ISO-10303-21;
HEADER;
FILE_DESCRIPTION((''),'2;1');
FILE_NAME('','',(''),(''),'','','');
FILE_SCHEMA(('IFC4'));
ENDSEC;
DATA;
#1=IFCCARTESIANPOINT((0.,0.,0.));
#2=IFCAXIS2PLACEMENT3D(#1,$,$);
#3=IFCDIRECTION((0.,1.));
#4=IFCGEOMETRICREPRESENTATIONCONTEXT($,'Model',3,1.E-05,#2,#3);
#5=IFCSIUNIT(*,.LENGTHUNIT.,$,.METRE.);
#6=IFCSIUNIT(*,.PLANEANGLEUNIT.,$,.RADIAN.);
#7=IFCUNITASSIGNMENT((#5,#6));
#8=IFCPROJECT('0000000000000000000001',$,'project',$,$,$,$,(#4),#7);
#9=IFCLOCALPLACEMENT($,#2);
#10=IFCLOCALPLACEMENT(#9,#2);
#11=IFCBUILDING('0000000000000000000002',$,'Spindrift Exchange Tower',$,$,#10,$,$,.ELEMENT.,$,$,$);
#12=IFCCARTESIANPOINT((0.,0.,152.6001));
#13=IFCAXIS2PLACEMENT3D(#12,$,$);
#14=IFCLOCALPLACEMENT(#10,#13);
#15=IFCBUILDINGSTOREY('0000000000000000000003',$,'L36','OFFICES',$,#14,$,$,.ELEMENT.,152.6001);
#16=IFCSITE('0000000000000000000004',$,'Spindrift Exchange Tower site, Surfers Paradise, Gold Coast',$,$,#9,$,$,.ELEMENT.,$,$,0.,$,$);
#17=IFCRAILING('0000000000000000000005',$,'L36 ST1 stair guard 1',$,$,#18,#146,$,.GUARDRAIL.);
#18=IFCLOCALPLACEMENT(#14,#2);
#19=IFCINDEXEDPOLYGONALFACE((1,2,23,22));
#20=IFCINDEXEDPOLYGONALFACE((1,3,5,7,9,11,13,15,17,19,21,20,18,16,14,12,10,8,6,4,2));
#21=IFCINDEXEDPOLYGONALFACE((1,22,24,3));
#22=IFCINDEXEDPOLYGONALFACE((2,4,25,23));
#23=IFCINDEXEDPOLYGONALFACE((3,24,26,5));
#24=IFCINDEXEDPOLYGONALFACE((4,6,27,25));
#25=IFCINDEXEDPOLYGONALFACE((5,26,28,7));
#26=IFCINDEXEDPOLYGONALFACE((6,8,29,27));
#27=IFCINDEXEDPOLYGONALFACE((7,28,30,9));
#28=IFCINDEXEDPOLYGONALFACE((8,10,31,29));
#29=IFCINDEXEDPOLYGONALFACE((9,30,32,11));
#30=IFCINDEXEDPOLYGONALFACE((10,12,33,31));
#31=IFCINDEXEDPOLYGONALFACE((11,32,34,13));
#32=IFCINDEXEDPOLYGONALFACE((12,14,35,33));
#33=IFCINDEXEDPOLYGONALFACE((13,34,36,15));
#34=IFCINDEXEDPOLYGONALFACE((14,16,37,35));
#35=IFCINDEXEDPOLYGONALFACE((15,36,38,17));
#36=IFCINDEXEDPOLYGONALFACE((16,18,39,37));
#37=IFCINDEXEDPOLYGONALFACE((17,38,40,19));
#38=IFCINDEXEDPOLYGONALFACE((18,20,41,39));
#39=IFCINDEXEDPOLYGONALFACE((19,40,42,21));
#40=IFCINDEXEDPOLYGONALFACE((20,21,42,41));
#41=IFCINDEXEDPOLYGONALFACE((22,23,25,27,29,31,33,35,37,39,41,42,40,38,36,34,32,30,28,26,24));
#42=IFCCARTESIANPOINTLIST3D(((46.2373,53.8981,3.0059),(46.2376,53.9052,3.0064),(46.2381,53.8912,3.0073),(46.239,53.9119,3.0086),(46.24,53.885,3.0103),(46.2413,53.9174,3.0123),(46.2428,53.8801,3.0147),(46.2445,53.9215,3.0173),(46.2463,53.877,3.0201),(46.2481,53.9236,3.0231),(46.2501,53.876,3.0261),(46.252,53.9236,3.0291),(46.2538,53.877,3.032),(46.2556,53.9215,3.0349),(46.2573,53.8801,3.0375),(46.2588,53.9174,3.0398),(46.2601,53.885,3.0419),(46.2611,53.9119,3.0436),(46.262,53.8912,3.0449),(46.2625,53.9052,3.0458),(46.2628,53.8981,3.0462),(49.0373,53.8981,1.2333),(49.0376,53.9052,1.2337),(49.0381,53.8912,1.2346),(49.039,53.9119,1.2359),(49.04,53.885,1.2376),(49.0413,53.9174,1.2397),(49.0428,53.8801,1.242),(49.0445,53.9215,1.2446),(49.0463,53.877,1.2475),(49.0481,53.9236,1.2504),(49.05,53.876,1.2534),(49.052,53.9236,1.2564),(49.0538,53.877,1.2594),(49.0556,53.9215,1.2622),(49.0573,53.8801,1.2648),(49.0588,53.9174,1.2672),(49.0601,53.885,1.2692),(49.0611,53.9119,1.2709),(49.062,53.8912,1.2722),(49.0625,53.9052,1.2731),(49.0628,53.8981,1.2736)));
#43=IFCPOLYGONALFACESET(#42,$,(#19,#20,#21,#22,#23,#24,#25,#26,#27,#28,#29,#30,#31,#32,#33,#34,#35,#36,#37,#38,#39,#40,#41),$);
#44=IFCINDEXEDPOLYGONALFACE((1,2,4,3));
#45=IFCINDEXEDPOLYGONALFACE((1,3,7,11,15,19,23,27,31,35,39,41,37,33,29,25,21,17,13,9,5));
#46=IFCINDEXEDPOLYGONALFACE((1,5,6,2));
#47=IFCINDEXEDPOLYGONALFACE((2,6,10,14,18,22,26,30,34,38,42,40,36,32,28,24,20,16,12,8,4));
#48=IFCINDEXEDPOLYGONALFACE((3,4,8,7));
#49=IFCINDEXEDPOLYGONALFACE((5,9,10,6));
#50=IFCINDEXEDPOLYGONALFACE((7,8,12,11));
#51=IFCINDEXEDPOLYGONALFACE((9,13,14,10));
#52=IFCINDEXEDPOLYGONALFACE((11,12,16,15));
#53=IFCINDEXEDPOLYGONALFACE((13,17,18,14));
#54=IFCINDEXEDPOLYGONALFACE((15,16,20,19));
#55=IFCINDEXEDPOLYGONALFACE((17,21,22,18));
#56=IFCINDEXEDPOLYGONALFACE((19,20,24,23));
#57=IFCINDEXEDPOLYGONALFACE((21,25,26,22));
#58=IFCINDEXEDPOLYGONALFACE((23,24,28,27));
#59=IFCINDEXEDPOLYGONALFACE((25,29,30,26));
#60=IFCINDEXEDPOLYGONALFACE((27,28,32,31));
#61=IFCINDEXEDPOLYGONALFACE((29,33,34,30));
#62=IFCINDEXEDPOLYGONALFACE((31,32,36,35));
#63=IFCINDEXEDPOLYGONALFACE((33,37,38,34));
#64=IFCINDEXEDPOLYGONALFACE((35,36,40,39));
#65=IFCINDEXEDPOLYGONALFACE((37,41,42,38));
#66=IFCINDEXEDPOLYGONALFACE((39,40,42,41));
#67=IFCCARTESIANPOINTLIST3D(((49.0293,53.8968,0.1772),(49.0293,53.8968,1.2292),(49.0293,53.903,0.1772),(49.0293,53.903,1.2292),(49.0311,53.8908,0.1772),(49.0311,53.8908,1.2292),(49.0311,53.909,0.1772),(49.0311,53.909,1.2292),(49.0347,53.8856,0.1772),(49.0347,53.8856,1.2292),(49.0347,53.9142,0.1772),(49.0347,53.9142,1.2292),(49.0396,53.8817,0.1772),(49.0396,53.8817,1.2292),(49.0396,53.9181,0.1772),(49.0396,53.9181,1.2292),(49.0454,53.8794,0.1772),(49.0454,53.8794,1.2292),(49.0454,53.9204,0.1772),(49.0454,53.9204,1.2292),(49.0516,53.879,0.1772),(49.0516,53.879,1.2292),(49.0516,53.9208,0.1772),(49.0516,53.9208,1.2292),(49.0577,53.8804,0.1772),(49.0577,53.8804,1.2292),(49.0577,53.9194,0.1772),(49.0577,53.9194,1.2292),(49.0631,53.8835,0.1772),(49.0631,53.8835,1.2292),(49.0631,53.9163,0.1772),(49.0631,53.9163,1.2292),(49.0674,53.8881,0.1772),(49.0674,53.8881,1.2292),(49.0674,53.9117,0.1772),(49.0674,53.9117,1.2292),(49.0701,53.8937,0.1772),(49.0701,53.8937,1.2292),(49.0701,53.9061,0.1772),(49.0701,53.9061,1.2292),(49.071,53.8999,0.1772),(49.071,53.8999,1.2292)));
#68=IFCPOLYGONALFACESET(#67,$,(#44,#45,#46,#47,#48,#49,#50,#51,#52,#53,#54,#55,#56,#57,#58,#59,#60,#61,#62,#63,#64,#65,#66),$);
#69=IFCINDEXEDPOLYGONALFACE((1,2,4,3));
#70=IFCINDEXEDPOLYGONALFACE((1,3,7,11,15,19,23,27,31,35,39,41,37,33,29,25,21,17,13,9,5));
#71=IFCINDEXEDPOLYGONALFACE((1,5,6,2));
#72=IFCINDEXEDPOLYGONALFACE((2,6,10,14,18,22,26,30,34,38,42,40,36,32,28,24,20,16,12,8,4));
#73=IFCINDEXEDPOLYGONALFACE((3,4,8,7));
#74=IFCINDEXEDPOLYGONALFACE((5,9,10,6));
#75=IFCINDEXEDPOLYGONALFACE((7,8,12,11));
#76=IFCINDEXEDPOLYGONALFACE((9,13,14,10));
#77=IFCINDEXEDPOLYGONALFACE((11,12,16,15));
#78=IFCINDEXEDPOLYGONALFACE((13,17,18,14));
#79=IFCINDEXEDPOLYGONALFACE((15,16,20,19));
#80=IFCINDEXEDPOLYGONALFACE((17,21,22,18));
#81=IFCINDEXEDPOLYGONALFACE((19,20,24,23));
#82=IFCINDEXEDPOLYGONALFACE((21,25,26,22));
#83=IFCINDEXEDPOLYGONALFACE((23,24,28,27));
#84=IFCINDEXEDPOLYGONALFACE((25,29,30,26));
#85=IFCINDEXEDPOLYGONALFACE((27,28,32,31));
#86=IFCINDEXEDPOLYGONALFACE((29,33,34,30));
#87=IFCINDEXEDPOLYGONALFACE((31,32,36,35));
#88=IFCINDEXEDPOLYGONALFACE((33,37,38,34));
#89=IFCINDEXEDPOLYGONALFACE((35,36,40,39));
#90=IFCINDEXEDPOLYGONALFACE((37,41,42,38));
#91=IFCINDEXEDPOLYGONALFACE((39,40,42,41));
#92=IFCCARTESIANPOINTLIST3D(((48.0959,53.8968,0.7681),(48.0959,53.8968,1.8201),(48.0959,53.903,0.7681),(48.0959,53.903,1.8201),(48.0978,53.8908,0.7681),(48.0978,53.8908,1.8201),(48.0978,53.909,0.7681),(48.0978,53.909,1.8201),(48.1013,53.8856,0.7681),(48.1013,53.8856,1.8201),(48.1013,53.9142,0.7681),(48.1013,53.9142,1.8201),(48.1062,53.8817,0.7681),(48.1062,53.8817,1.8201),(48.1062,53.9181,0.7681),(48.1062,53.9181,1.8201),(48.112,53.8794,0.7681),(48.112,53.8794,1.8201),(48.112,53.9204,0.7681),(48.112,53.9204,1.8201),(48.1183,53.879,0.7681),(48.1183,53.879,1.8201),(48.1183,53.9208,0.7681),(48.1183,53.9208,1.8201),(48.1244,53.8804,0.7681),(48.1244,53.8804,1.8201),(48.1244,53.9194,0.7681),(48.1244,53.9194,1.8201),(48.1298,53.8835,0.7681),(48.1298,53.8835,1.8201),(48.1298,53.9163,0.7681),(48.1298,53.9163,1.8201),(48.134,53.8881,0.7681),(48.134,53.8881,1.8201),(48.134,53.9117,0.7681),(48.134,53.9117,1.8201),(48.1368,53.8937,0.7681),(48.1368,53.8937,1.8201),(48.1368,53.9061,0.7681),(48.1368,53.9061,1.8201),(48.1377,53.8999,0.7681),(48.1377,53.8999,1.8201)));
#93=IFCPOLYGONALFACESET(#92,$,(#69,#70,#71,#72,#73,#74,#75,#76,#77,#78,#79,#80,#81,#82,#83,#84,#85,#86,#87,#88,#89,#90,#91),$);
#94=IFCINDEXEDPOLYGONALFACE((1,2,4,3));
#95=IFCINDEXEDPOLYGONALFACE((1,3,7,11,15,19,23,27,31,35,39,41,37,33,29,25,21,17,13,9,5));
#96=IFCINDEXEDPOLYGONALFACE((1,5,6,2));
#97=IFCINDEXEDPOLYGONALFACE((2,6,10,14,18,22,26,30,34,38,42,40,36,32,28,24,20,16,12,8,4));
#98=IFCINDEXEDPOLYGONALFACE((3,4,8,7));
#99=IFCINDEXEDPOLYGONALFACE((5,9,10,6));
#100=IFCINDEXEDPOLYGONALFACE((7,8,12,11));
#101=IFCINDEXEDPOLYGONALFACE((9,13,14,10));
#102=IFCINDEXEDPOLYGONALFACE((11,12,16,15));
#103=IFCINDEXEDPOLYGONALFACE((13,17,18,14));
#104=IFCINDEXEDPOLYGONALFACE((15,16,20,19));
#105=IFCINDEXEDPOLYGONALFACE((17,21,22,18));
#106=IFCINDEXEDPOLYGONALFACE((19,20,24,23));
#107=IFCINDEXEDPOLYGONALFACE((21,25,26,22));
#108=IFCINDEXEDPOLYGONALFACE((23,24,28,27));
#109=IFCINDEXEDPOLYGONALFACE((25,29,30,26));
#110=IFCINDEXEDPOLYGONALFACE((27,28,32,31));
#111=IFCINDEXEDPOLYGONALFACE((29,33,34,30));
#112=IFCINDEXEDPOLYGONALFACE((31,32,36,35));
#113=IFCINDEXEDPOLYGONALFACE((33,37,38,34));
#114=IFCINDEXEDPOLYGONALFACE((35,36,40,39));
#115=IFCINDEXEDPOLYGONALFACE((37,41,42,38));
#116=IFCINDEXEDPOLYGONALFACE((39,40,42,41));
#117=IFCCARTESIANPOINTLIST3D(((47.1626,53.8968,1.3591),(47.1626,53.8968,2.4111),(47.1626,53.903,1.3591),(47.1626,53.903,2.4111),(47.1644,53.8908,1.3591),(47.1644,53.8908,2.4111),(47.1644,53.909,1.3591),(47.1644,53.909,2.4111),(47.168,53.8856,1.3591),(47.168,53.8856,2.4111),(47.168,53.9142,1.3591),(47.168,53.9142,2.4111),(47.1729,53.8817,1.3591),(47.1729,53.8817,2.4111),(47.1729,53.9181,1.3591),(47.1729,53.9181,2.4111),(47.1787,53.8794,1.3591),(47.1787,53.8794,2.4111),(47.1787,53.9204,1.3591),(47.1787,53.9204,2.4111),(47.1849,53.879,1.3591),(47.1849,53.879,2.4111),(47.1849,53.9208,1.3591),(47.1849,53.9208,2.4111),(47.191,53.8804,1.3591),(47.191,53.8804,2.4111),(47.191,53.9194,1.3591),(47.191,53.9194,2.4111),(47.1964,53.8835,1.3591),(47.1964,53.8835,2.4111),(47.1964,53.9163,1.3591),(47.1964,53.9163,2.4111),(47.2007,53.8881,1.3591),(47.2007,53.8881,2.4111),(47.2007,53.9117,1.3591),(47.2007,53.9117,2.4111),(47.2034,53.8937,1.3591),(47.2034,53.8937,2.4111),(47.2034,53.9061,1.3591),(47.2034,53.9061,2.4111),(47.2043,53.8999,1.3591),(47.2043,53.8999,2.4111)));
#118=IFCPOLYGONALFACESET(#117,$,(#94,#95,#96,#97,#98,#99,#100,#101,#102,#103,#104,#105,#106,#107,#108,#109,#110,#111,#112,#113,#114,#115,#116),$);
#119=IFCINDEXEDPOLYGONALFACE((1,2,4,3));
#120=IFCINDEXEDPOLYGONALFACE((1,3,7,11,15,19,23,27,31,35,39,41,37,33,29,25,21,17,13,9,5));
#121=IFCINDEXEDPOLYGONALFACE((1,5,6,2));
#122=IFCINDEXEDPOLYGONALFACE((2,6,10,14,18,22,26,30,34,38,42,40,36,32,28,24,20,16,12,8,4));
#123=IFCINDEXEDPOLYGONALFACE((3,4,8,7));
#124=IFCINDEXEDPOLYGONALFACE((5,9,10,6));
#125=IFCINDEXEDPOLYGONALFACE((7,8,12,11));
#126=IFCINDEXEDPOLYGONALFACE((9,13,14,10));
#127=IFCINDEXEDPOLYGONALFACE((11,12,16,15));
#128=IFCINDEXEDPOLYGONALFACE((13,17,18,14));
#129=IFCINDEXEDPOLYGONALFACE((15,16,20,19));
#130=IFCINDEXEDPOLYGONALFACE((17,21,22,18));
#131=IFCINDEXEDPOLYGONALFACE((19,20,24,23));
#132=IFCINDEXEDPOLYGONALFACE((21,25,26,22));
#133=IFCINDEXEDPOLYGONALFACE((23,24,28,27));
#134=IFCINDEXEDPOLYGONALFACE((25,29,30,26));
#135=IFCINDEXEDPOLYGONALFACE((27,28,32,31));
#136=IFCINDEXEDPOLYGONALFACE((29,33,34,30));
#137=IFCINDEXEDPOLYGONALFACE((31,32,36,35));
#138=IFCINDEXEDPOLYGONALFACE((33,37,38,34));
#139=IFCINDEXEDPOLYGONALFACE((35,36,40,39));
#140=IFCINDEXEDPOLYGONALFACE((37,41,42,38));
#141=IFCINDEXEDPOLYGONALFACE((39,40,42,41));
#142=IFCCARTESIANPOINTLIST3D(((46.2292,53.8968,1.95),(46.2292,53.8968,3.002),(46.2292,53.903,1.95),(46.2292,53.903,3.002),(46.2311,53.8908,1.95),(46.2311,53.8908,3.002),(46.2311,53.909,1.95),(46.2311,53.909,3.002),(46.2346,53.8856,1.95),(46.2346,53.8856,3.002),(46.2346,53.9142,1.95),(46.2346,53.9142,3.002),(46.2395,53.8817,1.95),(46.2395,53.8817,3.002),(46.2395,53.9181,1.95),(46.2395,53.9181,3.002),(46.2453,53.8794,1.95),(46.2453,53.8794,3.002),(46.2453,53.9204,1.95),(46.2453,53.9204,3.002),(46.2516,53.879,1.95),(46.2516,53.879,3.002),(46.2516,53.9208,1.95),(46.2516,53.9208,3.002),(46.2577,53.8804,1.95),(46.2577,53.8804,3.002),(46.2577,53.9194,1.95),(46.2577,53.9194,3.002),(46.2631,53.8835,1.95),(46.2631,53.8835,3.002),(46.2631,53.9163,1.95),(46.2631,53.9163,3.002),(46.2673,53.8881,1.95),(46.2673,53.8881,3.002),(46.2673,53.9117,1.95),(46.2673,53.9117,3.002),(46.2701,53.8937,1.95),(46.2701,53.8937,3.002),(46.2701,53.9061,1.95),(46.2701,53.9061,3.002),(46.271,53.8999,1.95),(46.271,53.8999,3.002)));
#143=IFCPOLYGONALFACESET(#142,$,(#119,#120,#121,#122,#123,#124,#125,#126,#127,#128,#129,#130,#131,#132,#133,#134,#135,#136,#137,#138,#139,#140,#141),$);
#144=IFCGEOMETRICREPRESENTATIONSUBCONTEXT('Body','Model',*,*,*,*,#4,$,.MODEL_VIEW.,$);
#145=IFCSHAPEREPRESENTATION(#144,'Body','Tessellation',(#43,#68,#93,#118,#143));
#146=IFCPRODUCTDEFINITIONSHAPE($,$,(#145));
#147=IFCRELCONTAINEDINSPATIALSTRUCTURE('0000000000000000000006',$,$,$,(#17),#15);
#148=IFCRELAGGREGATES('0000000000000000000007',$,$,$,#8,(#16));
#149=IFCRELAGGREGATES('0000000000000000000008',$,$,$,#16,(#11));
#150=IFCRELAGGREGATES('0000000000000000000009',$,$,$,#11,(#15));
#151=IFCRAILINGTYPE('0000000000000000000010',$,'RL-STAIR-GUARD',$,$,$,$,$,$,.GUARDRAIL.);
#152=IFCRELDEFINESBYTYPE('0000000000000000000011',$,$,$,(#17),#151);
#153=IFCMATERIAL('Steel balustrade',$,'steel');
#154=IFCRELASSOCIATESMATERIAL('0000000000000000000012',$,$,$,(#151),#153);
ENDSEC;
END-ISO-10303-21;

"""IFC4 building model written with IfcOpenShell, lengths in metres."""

from ifc_helpers import new_model, si_unit, direction, frame, origin, origin_2d, place, context, subcontext, project, spatial, circle, extrude, material, type_object, element, save


model = new_model("IFC4")

# Units and contexts
model_context = context("Model", 3, precision=1e-05, world=origin(), true_north=direction((0.0, 1.0)))
body_context = subcontext(model_context, "Body", "Model", "MODEL_VIEW")
ifc_project = project(units=[si_unit("LENGTHUNIT", "METRE"), si_unit("PLANEANGLEUNIT", "RADIAN")], contexts=[model_context])

# Site, building, storey
site_placement = place(None, origin())
site = spatial("IfcSite", under=ifc_project, at=site_placement, Name="Spindrift Exchange Tower site, Surfers Paradise, Gold Coast", CompositionType="ELEMENT", RefElevation=0.0)
building_placement = place(site_placement, origin())
building = spatial("IfcBuilding", under=site, at=building_placement, Name="Spindrift Exchange Tower", CompositionType="ELEMENT")
storey_placement = place(building_placement, frame((0.0, 0.0, 152.6001)))
storey = spatial("IfcBuildingStorey", under=building, at=storey_placement, Name="L36", Description="OFFICES", CompositionType="ELEMENT", Elevation=152.6001)

# Railing
ifc_material_1 = material(Name="Steel balustrade", Category="steel")
railing_type_1 = type_object("IfcRailingType", Name="RL-STAIR-GUARD", PredefinedType="GUARDRAIL", material=ifc_material_1)
railing_1_placement = place(storey_placement, frame((49.05, 53.8999, 0.1772)))
element("IfcRailing", 1, at=railing_1_placement, inside=storey, type_object=railing_type_1, Name="L36 ST1 stair guard 1", PredefinedType="GUARDRAIL", context=body_context, shape_type="SweptSolid", body=[
    extrude(circle(Radius=0.0239, at=origin_2d()), frame((0.0, 0.0, 1.0762), z_axis=(-0.844909, 0.0, 0.53491), x_axis=(0.0, -1.0, 0.0)), (0.0, 0.0, 1.0), 3.314),
    extrude(circle(Radius=0.021, at=origin_2d()), origin(), (0.0, 0.0, 1.0), 1.052),
    extrude(circle(Radius=0.021, at=origin_2d()), frame((-0.9333, 0.0, 0.5908)), (0.0, 0.0, 1.0), 1.052),
    extrude(circle(Radius=0.021, at=origin_2d()), frame((-1.8667, 0.0, 1.1819)), (0.0, 0.0, 1.0), 1.052),
    extrude(circle(Radius=0.021, at=origin_2d()), frame((-2.8, 0.0, 1.7727)), (0.0, 0.0, 1.0), 1.052),
])

save(model, "model.ifc")
